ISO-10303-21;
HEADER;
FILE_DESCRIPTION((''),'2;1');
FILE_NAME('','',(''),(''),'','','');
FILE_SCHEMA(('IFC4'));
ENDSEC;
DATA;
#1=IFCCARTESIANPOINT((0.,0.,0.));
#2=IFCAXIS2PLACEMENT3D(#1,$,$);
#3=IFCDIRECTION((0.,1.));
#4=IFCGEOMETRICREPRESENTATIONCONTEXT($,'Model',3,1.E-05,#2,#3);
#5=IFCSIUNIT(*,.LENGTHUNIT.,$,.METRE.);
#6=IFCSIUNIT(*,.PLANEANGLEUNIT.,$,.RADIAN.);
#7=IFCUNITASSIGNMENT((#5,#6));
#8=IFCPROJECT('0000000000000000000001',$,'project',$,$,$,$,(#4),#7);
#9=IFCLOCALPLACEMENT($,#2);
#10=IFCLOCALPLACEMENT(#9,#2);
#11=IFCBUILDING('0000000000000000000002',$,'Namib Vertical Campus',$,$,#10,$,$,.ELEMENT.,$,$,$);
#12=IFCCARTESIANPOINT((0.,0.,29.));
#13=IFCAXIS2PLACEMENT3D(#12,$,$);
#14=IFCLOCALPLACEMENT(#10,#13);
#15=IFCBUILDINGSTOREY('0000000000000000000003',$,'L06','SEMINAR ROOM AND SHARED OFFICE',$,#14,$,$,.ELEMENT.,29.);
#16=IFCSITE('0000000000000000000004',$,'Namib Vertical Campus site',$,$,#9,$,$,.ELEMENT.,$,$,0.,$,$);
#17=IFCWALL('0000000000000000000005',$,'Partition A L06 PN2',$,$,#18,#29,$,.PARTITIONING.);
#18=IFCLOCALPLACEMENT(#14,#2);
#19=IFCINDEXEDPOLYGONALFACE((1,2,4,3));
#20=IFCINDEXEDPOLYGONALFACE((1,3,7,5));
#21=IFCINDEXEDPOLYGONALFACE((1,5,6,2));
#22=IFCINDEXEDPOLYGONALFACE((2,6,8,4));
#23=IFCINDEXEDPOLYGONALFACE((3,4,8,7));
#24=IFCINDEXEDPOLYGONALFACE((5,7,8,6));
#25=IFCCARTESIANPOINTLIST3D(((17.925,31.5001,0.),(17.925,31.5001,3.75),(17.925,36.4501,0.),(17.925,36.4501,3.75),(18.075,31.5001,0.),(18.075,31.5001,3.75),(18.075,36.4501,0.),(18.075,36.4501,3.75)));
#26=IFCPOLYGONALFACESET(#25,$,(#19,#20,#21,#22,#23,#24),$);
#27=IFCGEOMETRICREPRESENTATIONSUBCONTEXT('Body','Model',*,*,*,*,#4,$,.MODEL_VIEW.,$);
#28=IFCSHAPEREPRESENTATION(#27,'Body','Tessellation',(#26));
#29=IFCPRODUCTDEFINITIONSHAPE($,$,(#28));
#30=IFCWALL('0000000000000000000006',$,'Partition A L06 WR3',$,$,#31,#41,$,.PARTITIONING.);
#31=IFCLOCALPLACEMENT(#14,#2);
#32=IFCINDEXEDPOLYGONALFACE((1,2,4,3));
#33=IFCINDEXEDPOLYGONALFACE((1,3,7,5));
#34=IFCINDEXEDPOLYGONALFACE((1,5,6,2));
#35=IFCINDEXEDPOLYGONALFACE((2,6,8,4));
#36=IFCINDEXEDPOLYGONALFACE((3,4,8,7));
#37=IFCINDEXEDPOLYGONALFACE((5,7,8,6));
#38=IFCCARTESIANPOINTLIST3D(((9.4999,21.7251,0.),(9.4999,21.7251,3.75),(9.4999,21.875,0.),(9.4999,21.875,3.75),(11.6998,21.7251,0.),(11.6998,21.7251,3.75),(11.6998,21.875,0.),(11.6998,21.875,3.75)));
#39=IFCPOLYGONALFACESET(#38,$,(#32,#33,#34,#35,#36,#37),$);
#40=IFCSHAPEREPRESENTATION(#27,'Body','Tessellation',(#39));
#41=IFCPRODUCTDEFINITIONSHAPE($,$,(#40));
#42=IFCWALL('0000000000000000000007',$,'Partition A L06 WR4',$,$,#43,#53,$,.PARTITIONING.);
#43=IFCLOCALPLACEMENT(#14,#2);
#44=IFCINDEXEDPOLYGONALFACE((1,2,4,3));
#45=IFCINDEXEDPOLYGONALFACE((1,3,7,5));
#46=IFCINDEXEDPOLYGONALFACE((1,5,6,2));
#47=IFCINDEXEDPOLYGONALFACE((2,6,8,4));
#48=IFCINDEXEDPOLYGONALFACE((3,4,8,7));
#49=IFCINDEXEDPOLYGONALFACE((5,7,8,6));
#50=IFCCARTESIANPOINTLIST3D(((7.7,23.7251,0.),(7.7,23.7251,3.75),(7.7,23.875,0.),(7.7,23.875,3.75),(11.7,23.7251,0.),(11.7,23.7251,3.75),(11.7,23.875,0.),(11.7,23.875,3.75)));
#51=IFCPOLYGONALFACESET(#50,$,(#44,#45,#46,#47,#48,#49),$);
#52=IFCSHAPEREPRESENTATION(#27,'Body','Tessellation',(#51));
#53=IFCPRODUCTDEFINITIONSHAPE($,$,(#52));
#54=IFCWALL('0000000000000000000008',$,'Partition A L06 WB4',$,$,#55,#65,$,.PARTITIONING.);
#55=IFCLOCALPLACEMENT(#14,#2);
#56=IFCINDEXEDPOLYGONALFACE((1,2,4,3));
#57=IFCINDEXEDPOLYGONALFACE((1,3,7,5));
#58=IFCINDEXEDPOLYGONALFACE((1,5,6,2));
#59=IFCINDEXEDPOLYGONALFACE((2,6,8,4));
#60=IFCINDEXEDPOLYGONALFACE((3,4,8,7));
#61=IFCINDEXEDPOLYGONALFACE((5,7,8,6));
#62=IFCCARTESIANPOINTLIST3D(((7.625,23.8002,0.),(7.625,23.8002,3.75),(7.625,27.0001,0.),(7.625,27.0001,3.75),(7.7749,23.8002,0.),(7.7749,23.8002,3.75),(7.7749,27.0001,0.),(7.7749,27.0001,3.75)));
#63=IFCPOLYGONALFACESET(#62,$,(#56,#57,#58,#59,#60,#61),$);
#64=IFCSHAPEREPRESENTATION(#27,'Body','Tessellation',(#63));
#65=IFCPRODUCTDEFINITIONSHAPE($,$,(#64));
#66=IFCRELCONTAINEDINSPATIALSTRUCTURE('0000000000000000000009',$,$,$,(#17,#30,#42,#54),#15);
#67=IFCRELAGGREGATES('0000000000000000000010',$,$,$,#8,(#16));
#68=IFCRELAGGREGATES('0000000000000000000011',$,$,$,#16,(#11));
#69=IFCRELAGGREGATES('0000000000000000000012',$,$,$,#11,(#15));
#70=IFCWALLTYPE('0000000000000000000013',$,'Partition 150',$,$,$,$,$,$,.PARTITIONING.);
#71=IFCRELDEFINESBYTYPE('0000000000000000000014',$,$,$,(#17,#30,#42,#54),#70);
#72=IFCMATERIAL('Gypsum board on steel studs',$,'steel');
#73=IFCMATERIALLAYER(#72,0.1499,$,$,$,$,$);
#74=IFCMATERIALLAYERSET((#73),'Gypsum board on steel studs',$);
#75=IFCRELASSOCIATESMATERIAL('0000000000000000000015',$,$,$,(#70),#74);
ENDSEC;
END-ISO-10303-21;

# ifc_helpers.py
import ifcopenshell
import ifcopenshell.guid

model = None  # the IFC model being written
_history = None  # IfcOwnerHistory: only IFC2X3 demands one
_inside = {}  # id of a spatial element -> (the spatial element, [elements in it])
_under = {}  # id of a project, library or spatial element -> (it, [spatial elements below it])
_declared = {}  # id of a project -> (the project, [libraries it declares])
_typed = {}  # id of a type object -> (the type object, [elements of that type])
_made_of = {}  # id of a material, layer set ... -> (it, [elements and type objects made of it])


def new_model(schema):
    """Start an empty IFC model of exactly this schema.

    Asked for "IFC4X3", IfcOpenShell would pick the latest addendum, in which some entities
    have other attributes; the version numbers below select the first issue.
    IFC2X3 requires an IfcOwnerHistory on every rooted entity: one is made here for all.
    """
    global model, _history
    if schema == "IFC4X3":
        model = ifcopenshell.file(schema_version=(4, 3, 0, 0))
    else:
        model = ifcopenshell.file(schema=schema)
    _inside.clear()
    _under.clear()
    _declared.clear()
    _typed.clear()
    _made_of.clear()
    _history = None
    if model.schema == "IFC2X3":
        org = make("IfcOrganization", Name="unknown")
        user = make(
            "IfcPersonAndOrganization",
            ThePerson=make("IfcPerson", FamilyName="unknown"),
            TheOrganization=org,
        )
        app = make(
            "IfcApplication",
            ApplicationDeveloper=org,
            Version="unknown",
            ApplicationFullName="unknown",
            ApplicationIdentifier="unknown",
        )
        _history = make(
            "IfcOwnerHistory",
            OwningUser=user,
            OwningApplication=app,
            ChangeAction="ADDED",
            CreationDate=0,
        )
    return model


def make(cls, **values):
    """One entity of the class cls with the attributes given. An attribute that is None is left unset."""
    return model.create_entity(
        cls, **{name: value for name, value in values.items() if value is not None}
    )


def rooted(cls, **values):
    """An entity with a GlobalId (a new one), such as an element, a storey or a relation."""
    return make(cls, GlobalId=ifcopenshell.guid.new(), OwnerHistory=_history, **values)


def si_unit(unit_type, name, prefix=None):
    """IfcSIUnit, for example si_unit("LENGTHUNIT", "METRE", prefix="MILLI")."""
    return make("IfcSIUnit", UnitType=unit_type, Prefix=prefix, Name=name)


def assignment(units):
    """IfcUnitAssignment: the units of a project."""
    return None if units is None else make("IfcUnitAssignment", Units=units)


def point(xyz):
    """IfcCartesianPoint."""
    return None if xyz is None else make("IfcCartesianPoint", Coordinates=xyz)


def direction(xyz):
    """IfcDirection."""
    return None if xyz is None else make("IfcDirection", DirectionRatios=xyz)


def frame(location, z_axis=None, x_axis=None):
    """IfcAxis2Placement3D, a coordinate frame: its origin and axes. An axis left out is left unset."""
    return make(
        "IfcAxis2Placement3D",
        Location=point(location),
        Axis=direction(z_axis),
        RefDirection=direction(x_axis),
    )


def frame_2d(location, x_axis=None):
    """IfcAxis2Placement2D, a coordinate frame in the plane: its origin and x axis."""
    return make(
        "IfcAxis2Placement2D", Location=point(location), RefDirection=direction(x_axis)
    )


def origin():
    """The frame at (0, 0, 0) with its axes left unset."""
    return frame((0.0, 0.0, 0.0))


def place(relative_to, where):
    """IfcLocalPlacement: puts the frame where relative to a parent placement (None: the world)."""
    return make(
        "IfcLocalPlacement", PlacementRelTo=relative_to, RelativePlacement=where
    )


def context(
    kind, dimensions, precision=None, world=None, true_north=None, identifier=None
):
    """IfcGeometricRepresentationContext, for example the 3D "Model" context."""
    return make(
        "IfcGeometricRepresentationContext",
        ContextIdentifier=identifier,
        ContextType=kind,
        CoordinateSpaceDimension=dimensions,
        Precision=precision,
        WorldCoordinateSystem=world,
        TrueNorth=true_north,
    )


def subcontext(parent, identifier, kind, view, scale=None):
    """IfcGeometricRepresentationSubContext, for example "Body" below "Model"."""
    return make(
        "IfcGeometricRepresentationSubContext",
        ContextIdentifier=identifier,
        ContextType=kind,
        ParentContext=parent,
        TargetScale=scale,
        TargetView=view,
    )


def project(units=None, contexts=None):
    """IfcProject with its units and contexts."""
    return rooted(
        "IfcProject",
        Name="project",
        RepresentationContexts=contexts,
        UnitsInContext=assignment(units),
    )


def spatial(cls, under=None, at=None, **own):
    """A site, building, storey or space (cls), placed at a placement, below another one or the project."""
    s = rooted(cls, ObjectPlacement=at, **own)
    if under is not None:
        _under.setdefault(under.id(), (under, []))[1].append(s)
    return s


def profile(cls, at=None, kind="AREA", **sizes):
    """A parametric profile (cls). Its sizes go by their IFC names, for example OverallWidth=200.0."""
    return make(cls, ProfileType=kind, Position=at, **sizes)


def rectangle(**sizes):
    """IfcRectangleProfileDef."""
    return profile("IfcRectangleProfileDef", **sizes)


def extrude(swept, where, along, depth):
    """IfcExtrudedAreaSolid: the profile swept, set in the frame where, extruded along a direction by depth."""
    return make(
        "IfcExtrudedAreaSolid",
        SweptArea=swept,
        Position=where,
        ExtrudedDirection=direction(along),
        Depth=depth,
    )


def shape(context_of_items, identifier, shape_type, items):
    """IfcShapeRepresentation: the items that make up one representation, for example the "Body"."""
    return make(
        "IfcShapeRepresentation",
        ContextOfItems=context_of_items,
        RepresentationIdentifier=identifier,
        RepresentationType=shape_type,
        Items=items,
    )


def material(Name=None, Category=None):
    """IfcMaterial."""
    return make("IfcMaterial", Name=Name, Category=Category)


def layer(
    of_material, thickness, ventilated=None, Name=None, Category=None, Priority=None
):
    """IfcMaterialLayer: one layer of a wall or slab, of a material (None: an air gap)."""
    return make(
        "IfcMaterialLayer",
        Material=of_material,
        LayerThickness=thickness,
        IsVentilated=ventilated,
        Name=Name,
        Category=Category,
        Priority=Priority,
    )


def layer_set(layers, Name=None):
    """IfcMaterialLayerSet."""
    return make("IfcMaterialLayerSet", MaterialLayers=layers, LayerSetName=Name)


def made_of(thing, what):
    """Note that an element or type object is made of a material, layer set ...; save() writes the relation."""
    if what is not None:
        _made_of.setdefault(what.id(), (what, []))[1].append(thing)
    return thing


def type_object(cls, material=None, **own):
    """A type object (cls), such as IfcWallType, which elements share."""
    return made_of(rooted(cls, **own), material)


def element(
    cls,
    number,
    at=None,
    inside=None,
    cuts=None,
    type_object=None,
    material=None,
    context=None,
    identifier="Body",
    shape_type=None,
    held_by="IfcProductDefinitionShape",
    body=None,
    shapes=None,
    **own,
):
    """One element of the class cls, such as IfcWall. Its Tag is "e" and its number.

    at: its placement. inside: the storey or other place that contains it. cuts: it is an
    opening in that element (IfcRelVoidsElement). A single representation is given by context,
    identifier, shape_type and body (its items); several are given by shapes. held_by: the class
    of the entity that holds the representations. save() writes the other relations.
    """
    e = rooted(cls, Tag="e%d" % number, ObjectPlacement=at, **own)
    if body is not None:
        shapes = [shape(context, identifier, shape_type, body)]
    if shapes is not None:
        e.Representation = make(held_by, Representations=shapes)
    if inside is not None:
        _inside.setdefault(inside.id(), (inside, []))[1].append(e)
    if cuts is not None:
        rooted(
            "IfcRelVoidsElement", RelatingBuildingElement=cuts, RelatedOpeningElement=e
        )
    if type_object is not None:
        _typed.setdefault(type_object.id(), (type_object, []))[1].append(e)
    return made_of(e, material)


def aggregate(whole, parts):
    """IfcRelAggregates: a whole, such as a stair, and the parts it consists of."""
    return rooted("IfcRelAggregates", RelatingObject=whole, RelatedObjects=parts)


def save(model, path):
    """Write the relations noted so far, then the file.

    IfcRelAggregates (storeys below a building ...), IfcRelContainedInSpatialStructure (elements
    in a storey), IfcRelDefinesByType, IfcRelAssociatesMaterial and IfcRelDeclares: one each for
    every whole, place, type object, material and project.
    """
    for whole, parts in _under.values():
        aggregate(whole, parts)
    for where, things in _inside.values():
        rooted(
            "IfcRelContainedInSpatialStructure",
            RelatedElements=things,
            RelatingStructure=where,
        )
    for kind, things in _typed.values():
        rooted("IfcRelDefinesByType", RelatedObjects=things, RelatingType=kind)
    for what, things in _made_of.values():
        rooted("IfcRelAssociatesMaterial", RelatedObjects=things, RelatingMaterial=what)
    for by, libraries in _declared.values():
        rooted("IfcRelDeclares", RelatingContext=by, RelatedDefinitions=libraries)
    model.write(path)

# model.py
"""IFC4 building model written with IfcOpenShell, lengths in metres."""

from ifc_helpers import new_model, si_unit, direction, frame, frame_2d, origin, place, context, subcontext, project, spatial, rectangle, extrude, material, layer, layer_set, type_object, element, save


model = new_model("IFC4")

# Units and contexts
model_context = context("Model", 3, precision=1e-05, world=origin(), true_north=direction((0.0, 1.0)))
body_context = subcontext(model_context, "Body", "Model", "MODEL_VIEW")
ifc_project = project(units=[si_unit("LENGTHUNIT", "METRE"), si_unit("PLANEANGLEUNIT", "RADIAN")], contexts=[model_context])

# Site, building, storey
site_placement = place(None, origin())
site = spatial("IfcSite", under=ifc_project, at=site_placement, Name="Namib Vertical Campus site", CompositionType="ELEMENT", RefElevation=0.0)
building_placement = place(site_placement, origin())
building = spatial("IfcBuilding", under=site, at=building_placement, Name="Namib Vertical Campus", CompositionType="ELEMENT")
storey_placement = place(building_placement, frame((0.0, 0.0, 29.0)))
storey = spatial("IfcBuildingStorey", under=building, at=storey_placement, Name="L06", Description="SEMINAR ROOM AND SHARED OFFICE", CompositionType="ELEMENT", Elevation=29.0)

# Walls
ifc_material_1 = material(Name="Gypsum board on steel studs", Category="steel")
ifc_layer_1 = layer(ifc_material_1, 0.1499)
ifc_layer_set_1 = layer_set([ifc_layer_1], Name="Gypsum board on steel studs")
wall_type_1 = type_object("IfcWallType", Name="Partition 150", PredefinedType="PARTITIONING", material=ifc_layer_set_1)
wall_1_placement = place(storey_placement, frame((18.0, 31.5, 0.0), z_axis=(0.0, 0.0, 1.0), x_axis=(0.0, 1.0, 0.0)))
element("IfcWall", 1, at=wall_1_placement, inside=storey, type_object=wall_type_1, Name="Partition A L06 PN2", PredefinedType="PARTITIONING", context=body_context, shape_type="SweptSolid", body=[
    extrude(rectangle(XDim=4.95, YDim=0.1499, at=frame_2d((2.4751, 0.0))), origin(), (0.0, 0.0, 1.0), 3.75),
])
wall_2_placement = place(storey_placement, frame((11.7, 21.8, 0.0), z_axis=(0.0, 0.0, 1.0), x_axis=(-1.0, 0.0, 0.0)))
element("IfcWall", 2, at=wall_2_placement, inside=storey, type_object=wall_type_1, Name="Partition A L06 WR3", PredefinedType="PARTITIONING", context=body_context, shape_type="SweptSolid", body=[
    extrude(rectangle(XDim=2.2, YDim=0.1499, at=frame_2d((1.1001, 0.0))), origin(), (0.0, 0.0, 1.0), 3.75),
])
wall_3_placement = place(storey_placement, frame((11.7, 23.8, 0.0), z_axis=(0.0, 0.0, 1.0), x_axis=(-1.0, 0.0, 0.0)))
element("IfcWall", 3, at=wall_3_placement, inside=storey, type_object=wall_type_1, Name="Partition A L06 WR4", PredefinedType="PARTITIONING", context=body_context, shape_type="SweptSolid", body=[
    extrude(rectangle(XDim=4.0, YDim=0.1499, at=frame_2d((2.0, 0.0))), origin(), (0.0, 0.0, 1.0), 3.75),
])
wall_4_placement = place(storey_placement, frame((7.7, 23.8, 0.0), z_axis=(0.0, 0.0, 1.0), x_axis=(0.0, 1.0, 0.0)))
element("IfcWall", 4, at=wall_4_placement, inside=storey, type_object=wall_type_1, Name="Partition A L06 WB4", PredefinedType="PARTITIONING", context=body_context, shape_type="SweptSolid", body=[
    extrude(rectangle(XDim=3.2, YDim=0.1499, at=frame_2d((1.6001, 0.0))), origin(), (0.0, 0.0, 1.0), 3.75),
])

save(model, "model.ifc")
